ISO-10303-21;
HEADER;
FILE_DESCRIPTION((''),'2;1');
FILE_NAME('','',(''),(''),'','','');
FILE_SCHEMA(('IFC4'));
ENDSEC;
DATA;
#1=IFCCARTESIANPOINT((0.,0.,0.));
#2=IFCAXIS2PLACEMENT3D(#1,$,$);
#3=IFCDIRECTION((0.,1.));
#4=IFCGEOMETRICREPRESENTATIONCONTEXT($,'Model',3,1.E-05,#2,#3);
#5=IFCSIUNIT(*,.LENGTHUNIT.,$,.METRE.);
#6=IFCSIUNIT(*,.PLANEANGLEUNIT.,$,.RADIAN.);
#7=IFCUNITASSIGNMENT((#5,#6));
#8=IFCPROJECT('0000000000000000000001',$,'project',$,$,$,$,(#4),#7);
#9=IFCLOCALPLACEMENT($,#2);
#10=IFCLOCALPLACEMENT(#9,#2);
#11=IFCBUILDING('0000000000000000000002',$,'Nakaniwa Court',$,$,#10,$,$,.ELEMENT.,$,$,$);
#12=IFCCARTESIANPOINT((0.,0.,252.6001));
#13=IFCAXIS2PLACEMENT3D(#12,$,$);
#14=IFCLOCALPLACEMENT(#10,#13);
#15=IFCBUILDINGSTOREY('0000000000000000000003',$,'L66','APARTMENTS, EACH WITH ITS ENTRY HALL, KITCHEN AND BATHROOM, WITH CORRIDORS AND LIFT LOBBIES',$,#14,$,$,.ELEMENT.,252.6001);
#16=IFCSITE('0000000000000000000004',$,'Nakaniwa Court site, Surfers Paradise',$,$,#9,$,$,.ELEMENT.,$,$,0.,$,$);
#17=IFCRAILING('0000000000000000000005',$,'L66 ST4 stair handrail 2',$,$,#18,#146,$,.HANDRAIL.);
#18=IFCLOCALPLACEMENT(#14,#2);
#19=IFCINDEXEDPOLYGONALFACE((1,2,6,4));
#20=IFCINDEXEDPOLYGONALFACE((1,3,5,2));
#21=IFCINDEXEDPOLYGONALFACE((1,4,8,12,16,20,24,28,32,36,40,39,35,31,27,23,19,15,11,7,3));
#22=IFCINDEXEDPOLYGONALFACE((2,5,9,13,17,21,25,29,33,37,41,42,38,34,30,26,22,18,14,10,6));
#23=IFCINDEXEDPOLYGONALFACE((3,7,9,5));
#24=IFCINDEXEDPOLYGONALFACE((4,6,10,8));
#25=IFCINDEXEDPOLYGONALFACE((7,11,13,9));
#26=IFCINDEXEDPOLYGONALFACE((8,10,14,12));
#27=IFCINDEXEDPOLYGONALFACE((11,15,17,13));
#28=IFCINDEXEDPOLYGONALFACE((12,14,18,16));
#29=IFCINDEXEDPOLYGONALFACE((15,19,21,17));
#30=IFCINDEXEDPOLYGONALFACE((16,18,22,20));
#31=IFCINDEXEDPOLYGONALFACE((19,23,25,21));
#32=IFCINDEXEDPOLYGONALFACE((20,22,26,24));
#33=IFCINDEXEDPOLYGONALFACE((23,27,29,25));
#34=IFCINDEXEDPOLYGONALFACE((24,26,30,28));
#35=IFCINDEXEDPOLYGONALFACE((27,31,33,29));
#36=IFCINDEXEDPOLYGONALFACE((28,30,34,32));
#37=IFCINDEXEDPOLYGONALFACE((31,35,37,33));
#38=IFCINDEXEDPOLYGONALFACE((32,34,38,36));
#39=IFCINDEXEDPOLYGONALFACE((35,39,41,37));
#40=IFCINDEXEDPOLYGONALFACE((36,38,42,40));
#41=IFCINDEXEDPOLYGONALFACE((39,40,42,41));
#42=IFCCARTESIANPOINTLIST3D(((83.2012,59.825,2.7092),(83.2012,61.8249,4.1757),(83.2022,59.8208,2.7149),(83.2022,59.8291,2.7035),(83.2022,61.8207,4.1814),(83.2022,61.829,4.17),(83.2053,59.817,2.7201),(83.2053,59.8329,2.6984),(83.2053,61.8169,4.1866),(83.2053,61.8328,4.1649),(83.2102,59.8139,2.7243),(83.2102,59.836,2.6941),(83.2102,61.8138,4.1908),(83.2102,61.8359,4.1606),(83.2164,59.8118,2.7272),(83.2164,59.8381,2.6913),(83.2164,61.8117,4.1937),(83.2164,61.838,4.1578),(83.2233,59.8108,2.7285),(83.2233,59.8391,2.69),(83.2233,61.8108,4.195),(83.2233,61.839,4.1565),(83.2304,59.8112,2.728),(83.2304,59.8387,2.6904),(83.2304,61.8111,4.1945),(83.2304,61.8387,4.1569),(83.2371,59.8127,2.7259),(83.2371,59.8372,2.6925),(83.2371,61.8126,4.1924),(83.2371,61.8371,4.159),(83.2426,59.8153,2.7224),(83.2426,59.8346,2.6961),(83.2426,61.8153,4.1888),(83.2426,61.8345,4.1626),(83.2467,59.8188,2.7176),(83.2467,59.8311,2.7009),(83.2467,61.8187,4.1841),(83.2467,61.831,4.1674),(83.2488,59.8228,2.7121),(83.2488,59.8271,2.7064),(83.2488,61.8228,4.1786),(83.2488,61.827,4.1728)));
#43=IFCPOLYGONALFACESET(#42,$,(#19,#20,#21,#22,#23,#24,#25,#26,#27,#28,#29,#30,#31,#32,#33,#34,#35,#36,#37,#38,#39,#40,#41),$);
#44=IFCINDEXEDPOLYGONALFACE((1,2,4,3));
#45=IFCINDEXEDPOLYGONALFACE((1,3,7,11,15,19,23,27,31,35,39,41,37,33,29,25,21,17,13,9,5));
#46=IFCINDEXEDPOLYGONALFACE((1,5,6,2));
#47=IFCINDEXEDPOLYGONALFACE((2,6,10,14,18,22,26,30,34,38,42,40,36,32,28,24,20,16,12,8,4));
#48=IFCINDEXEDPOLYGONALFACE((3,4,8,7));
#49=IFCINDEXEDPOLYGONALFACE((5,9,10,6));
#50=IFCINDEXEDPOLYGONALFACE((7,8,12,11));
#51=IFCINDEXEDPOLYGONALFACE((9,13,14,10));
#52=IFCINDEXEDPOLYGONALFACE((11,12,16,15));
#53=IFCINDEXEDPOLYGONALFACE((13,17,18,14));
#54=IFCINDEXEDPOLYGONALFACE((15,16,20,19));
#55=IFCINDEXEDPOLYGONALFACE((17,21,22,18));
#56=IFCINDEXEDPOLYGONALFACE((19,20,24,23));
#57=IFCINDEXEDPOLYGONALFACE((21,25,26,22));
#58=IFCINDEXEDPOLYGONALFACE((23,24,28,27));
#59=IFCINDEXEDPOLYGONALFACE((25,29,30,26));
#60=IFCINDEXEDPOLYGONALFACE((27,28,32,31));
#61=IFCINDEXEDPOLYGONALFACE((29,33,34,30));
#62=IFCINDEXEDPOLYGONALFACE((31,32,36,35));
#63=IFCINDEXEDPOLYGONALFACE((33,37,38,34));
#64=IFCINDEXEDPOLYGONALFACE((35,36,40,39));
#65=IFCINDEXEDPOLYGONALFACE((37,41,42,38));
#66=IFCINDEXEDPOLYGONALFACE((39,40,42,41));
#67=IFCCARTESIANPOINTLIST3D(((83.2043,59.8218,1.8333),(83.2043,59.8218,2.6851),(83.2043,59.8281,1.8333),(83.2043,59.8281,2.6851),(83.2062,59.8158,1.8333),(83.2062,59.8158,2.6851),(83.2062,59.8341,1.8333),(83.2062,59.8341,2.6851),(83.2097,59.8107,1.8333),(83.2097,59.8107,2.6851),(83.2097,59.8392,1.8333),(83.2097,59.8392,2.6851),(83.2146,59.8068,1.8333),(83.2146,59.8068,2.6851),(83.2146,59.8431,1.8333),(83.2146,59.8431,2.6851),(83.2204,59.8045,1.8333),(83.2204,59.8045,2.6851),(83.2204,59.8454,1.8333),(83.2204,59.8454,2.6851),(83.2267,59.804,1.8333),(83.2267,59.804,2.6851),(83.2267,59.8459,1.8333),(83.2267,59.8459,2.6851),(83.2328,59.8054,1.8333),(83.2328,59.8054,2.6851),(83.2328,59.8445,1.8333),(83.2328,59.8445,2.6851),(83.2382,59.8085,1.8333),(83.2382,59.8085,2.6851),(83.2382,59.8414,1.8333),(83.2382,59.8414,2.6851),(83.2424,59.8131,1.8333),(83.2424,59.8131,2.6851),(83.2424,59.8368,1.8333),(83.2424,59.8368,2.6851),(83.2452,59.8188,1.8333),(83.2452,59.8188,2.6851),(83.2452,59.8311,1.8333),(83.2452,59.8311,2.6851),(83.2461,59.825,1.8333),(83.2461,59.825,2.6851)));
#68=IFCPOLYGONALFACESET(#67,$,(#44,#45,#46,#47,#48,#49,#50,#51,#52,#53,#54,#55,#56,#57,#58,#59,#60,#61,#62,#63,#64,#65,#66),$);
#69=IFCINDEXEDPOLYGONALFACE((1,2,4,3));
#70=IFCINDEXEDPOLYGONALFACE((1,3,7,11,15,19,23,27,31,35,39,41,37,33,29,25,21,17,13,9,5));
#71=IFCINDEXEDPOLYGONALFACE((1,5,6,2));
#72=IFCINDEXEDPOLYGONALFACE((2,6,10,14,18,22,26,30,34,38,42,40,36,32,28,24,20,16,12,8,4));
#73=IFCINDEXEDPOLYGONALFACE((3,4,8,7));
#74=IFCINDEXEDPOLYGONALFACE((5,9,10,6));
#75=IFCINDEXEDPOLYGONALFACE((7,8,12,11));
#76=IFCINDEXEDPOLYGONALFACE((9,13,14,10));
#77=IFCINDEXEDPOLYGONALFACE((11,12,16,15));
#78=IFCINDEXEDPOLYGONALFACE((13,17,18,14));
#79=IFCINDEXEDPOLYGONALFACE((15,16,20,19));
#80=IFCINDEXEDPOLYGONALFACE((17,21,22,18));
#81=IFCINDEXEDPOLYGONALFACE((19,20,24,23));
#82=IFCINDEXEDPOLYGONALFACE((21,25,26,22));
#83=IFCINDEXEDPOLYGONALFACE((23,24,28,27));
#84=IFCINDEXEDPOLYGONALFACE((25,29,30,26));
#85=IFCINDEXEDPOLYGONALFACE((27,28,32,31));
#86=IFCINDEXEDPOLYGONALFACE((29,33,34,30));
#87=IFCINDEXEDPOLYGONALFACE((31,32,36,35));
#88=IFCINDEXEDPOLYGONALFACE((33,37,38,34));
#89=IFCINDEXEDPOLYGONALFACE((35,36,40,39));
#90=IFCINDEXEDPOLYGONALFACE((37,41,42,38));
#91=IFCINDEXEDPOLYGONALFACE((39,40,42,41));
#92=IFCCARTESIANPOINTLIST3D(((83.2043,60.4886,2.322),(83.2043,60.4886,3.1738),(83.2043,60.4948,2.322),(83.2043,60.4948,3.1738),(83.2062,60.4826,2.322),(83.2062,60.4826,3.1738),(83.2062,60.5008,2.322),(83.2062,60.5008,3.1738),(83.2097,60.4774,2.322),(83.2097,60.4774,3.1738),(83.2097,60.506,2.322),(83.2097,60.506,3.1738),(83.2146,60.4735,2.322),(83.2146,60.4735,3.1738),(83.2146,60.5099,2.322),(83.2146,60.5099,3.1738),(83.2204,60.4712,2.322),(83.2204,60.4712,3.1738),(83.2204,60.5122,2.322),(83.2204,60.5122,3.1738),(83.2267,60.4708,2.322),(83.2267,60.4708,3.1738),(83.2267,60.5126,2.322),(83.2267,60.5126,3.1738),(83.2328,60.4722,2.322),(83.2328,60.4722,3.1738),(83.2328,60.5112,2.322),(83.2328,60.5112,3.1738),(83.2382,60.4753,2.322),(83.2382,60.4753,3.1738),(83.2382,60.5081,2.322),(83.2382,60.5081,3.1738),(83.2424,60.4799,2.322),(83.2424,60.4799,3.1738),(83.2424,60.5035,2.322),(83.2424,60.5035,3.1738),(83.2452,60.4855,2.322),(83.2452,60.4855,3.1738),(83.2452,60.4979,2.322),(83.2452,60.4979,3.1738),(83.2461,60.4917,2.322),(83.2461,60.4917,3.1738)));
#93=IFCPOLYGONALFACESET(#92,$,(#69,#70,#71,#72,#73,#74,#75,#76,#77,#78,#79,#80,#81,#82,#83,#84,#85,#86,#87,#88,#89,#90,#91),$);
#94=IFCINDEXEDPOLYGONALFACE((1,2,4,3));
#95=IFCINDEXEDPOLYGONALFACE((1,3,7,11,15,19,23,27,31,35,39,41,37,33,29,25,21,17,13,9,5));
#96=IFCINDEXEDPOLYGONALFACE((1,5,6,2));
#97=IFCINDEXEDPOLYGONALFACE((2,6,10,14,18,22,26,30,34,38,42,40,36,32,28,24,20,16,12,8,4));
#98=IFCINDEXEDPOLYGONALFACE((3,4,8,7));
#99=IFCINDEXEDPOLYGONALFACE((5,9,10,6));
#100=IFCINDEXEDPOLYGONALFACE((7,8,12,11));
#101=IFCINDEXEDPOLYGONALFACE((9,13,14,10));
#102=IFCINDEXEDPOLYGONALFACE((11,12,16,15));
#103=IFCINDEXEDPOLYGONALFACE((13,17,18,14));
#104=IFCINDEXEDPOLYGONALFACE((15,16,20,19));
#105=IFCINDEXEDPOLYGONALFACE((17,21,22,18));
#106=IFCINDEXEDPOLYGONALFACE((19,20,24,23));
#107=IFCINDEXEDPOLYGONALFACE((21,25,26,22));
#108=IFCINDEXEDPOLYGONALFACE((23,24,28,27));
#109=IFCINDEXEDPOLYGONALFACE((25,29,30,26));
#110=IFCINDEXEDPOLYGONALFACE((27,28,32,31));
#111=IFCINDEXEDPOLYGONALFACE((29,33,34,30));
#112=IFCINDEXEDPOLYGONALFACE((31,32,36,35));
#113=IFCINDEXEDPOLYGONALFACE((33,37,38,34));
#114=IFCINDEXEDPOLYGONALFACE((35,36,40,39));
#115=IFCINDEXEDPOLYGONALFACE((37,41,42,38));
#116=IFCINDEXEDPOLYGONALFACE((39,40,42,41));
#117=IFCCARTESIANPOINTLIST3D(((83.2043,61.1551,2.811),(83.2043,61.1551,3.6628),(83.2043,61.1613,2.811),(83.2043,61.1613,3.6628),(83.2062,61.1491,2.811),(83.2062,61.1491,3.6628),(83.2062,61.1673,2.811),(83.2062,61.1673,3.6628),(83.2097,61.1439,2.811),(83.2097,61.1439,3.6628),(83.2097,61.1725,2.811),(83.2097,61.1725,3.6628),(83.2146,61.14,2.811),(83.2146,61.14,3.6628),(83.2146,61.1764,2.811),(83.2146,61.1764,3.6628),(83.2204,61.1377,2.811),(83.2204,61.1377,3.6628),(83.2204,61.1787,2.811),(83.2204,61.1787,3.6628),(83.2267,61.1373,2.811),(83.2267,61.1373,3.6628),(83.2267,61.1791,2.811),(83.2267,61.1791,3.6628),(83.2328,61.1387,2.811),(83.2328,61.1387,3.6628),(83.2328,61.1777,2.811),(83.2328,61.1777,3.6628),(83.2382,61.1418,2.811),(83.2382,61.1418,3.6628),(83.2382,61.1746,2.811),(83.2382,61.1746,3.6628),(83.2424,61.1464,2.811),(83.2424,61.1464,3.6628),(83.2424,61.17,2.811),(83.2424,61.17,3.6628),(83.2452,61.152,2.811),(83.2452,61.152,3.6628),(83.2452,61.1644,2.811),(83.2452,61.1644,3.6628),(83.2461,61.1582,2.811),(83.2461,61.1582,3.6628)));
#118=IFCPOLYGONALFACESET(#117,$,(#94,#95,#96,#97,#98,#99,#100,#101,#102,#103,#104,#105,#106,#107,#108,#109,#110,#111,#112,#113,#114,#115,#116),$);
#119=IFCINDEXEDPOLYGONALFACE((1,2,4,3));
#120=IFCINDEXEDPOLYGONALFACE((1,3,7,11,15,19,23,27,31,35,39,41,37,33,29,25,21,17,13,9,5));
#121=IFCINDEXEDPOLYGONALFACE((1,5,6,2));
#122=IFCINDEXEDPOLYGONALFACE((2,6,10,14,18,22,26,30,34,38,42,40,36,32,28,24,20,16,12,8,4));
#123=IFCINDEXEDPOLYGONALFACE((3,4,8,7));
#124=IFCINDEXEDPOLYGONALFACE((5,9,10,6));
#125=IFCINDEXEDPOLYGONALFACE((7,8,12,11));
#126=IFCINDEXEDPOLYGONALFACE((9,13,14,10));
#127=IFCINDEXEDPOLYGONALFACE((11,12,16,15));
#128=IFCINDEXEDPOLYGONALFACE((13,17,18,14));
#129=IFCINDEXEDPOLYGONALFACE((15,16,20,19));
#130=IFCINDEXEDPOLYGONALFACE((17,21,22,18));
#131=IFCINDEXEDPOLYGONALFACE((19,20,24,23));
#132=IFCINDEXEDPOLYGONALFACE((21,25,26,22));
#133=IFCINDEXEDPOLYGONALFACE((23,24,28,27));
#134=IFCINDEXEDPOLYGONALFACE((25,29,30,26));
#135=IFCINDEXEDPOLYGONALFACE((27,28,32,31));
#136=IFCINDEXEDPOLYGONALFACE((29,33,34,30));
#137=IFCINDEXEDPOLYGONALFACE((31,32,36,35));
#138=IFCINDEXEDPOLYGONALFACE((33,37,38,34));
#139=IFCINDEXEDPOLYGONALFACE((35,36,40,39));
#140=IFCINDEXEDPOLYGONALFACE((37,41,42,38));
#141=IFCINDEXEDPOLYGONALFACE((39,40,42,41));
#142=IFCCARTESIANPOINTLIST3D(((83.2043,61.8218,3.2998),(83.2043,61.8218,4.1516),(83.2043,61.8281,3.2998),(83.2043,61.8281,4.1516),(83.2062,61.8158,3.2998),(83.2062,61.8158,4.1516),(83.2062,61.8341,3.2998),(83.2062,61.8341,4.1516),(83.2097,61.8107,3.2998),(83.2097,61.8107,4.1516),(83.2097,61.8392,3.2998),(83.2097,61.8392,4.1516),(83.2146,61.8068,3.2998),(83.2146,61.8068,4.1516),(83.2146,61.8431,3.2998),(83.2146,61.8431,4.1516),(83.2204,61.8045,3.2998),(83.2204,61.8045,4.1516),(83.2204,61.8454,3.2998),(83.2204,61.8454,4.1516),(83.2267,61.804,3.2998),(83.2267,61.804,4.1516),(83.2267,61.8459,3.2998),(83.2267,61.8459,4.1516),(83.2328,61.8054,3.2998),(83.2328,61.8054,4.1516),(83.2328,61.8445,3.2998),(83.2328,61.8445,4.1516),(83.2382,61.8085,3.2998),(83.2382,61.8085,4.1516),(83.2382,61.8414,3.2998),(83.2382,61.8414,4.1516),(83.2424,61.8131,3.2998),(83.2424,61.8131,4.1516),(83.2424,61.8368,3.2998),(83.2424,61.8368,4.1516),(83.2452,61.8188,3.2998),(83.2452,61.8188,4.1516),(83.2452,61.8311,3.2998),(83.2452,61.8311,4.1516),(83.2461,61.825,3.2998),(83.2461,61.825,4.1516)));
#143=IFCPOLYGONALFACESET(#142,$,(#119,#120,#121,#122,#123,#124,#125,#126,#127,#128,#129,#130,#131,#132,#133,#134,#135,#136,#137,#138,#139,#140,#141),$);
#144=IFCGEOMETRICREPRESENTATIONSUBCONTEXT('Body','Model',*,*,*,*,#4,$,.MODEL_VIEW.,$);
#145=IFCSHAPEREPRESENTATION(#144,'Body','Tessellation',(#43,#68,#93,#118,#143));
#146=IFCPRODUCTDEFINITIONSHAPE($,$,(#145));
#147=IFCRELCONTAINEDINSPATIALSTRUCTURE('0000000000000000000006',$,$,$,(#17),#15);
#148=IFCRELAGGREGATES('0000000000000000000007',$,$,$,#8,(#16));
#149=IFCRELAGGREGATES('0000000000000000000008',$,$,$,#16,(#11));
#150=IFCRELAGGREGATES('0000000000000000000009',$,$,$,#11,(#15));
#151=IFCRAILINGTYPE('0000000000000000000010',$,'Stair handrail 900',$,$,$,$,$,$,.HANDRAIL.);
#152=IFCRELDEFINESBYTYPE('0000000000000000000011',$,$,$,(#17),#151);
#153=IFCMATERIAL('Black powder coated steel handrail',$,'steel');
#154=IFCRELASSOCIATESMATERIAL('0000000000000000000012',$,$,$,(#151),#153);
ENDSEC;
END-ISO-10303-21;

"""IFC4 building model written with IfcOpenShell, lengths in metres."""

from ifc_helpers import new_model, si_unit, direction, frame, origin, origin_2d, place, context, subcontext, project, spatial, circle, extrude, material, type_object, element, save


model = new_model("IFC4")

# Units and contexts
model_context = context("Model", 3, precision=1e-05, world=origin(), true_north=direction((0.0, 1.0)))
body_context = subcontext(model_context, "Body", "Model", "MODEL_VIEW")
ifc_project = project(units=[si_unit("LENGTHUNIT", "METRE"), si_unit("PLANEANGLEUNIT", "RADIAN")], contexts=[model_context])

# Site, building, storey
site_placement = place(None, origin())
site = spatial("IfcSite", under=ifc_project, at=site_placement, Name="Nakaniwa Court site, Surfers Paradise", CompositionType="ELEMENT", RefElevation=0.0)
building_placement = place(site_placement, origin())
building = spatial("IfcBuilding", under=site, at=building_placement, Name="Nakaniwa Court", CompositionType="ELEMENT")
storey_placement = place(building_placement, frame((0.0, 0.0, 252.6001)))
storey = spatial("IfcBuildingStorey", under=building, at=storey_placement, Name="L66", Description="APARTMENTS, EACH WITH ITS ENTRY HALL, KITCHEN AND BATHROOM, WITH CORRIDORS AND LIFT LOBBIES", CompositionType="ELEMENT", Elevation=252.6001)

# Railing
ifc_material_1 = material(Name="Black powder coated steel handrail", Category="steel")
railing_type_1 = type_object("IfcRailingType", Name="Stair handrail 900", PredefinedType="HANDRAIL", material=ifc_material_1)
railing_1_placement = place(storey_placement, frame((83.2251, 59.825, 1.8333)))
element("IfcRailing", 1, at=railing_1_placement, inside=storey, type_object=railing_type_1, Name="L66 ST4 stair handrail 2", PredefinedType="HANDRAIL", context=body_context, shape_type="SweptSolid", body=[
    extrude(circle(Radius=0.0239, at=origin_2d()), frame((0.0, 0.0, 0.876), z_axis=(0.0, 0.806427, 0.591334), x_axis=(-1.0, 0.0, 0.0)), (0.0, 0.0, 1.0), 2.48),
    extrude(circle(Radius=0.021, at=origin_2d()), origin(), (0.0, 0.0, 1.0), 0.8518),
    extrude(circle(Radius=0.021, at=origin_2d()), frame((0.0, 0.6667, 0.4888)), (0.0, 0.0, 1.0), 0.8518),
    extrude(circle(Radius=0.021, at=origin_2d()), frame((0.0, 1.3333, 0.9778)), (0.0, 0.0, 1.0), 0.8518),
    extrude(circle(Radius=0.021, at=origin_2d()), frame((0.0, 2.0, 1.4666)), (0.0, 0.0, 1.0), 0.8518),
])

save(model, "model.ifc")
